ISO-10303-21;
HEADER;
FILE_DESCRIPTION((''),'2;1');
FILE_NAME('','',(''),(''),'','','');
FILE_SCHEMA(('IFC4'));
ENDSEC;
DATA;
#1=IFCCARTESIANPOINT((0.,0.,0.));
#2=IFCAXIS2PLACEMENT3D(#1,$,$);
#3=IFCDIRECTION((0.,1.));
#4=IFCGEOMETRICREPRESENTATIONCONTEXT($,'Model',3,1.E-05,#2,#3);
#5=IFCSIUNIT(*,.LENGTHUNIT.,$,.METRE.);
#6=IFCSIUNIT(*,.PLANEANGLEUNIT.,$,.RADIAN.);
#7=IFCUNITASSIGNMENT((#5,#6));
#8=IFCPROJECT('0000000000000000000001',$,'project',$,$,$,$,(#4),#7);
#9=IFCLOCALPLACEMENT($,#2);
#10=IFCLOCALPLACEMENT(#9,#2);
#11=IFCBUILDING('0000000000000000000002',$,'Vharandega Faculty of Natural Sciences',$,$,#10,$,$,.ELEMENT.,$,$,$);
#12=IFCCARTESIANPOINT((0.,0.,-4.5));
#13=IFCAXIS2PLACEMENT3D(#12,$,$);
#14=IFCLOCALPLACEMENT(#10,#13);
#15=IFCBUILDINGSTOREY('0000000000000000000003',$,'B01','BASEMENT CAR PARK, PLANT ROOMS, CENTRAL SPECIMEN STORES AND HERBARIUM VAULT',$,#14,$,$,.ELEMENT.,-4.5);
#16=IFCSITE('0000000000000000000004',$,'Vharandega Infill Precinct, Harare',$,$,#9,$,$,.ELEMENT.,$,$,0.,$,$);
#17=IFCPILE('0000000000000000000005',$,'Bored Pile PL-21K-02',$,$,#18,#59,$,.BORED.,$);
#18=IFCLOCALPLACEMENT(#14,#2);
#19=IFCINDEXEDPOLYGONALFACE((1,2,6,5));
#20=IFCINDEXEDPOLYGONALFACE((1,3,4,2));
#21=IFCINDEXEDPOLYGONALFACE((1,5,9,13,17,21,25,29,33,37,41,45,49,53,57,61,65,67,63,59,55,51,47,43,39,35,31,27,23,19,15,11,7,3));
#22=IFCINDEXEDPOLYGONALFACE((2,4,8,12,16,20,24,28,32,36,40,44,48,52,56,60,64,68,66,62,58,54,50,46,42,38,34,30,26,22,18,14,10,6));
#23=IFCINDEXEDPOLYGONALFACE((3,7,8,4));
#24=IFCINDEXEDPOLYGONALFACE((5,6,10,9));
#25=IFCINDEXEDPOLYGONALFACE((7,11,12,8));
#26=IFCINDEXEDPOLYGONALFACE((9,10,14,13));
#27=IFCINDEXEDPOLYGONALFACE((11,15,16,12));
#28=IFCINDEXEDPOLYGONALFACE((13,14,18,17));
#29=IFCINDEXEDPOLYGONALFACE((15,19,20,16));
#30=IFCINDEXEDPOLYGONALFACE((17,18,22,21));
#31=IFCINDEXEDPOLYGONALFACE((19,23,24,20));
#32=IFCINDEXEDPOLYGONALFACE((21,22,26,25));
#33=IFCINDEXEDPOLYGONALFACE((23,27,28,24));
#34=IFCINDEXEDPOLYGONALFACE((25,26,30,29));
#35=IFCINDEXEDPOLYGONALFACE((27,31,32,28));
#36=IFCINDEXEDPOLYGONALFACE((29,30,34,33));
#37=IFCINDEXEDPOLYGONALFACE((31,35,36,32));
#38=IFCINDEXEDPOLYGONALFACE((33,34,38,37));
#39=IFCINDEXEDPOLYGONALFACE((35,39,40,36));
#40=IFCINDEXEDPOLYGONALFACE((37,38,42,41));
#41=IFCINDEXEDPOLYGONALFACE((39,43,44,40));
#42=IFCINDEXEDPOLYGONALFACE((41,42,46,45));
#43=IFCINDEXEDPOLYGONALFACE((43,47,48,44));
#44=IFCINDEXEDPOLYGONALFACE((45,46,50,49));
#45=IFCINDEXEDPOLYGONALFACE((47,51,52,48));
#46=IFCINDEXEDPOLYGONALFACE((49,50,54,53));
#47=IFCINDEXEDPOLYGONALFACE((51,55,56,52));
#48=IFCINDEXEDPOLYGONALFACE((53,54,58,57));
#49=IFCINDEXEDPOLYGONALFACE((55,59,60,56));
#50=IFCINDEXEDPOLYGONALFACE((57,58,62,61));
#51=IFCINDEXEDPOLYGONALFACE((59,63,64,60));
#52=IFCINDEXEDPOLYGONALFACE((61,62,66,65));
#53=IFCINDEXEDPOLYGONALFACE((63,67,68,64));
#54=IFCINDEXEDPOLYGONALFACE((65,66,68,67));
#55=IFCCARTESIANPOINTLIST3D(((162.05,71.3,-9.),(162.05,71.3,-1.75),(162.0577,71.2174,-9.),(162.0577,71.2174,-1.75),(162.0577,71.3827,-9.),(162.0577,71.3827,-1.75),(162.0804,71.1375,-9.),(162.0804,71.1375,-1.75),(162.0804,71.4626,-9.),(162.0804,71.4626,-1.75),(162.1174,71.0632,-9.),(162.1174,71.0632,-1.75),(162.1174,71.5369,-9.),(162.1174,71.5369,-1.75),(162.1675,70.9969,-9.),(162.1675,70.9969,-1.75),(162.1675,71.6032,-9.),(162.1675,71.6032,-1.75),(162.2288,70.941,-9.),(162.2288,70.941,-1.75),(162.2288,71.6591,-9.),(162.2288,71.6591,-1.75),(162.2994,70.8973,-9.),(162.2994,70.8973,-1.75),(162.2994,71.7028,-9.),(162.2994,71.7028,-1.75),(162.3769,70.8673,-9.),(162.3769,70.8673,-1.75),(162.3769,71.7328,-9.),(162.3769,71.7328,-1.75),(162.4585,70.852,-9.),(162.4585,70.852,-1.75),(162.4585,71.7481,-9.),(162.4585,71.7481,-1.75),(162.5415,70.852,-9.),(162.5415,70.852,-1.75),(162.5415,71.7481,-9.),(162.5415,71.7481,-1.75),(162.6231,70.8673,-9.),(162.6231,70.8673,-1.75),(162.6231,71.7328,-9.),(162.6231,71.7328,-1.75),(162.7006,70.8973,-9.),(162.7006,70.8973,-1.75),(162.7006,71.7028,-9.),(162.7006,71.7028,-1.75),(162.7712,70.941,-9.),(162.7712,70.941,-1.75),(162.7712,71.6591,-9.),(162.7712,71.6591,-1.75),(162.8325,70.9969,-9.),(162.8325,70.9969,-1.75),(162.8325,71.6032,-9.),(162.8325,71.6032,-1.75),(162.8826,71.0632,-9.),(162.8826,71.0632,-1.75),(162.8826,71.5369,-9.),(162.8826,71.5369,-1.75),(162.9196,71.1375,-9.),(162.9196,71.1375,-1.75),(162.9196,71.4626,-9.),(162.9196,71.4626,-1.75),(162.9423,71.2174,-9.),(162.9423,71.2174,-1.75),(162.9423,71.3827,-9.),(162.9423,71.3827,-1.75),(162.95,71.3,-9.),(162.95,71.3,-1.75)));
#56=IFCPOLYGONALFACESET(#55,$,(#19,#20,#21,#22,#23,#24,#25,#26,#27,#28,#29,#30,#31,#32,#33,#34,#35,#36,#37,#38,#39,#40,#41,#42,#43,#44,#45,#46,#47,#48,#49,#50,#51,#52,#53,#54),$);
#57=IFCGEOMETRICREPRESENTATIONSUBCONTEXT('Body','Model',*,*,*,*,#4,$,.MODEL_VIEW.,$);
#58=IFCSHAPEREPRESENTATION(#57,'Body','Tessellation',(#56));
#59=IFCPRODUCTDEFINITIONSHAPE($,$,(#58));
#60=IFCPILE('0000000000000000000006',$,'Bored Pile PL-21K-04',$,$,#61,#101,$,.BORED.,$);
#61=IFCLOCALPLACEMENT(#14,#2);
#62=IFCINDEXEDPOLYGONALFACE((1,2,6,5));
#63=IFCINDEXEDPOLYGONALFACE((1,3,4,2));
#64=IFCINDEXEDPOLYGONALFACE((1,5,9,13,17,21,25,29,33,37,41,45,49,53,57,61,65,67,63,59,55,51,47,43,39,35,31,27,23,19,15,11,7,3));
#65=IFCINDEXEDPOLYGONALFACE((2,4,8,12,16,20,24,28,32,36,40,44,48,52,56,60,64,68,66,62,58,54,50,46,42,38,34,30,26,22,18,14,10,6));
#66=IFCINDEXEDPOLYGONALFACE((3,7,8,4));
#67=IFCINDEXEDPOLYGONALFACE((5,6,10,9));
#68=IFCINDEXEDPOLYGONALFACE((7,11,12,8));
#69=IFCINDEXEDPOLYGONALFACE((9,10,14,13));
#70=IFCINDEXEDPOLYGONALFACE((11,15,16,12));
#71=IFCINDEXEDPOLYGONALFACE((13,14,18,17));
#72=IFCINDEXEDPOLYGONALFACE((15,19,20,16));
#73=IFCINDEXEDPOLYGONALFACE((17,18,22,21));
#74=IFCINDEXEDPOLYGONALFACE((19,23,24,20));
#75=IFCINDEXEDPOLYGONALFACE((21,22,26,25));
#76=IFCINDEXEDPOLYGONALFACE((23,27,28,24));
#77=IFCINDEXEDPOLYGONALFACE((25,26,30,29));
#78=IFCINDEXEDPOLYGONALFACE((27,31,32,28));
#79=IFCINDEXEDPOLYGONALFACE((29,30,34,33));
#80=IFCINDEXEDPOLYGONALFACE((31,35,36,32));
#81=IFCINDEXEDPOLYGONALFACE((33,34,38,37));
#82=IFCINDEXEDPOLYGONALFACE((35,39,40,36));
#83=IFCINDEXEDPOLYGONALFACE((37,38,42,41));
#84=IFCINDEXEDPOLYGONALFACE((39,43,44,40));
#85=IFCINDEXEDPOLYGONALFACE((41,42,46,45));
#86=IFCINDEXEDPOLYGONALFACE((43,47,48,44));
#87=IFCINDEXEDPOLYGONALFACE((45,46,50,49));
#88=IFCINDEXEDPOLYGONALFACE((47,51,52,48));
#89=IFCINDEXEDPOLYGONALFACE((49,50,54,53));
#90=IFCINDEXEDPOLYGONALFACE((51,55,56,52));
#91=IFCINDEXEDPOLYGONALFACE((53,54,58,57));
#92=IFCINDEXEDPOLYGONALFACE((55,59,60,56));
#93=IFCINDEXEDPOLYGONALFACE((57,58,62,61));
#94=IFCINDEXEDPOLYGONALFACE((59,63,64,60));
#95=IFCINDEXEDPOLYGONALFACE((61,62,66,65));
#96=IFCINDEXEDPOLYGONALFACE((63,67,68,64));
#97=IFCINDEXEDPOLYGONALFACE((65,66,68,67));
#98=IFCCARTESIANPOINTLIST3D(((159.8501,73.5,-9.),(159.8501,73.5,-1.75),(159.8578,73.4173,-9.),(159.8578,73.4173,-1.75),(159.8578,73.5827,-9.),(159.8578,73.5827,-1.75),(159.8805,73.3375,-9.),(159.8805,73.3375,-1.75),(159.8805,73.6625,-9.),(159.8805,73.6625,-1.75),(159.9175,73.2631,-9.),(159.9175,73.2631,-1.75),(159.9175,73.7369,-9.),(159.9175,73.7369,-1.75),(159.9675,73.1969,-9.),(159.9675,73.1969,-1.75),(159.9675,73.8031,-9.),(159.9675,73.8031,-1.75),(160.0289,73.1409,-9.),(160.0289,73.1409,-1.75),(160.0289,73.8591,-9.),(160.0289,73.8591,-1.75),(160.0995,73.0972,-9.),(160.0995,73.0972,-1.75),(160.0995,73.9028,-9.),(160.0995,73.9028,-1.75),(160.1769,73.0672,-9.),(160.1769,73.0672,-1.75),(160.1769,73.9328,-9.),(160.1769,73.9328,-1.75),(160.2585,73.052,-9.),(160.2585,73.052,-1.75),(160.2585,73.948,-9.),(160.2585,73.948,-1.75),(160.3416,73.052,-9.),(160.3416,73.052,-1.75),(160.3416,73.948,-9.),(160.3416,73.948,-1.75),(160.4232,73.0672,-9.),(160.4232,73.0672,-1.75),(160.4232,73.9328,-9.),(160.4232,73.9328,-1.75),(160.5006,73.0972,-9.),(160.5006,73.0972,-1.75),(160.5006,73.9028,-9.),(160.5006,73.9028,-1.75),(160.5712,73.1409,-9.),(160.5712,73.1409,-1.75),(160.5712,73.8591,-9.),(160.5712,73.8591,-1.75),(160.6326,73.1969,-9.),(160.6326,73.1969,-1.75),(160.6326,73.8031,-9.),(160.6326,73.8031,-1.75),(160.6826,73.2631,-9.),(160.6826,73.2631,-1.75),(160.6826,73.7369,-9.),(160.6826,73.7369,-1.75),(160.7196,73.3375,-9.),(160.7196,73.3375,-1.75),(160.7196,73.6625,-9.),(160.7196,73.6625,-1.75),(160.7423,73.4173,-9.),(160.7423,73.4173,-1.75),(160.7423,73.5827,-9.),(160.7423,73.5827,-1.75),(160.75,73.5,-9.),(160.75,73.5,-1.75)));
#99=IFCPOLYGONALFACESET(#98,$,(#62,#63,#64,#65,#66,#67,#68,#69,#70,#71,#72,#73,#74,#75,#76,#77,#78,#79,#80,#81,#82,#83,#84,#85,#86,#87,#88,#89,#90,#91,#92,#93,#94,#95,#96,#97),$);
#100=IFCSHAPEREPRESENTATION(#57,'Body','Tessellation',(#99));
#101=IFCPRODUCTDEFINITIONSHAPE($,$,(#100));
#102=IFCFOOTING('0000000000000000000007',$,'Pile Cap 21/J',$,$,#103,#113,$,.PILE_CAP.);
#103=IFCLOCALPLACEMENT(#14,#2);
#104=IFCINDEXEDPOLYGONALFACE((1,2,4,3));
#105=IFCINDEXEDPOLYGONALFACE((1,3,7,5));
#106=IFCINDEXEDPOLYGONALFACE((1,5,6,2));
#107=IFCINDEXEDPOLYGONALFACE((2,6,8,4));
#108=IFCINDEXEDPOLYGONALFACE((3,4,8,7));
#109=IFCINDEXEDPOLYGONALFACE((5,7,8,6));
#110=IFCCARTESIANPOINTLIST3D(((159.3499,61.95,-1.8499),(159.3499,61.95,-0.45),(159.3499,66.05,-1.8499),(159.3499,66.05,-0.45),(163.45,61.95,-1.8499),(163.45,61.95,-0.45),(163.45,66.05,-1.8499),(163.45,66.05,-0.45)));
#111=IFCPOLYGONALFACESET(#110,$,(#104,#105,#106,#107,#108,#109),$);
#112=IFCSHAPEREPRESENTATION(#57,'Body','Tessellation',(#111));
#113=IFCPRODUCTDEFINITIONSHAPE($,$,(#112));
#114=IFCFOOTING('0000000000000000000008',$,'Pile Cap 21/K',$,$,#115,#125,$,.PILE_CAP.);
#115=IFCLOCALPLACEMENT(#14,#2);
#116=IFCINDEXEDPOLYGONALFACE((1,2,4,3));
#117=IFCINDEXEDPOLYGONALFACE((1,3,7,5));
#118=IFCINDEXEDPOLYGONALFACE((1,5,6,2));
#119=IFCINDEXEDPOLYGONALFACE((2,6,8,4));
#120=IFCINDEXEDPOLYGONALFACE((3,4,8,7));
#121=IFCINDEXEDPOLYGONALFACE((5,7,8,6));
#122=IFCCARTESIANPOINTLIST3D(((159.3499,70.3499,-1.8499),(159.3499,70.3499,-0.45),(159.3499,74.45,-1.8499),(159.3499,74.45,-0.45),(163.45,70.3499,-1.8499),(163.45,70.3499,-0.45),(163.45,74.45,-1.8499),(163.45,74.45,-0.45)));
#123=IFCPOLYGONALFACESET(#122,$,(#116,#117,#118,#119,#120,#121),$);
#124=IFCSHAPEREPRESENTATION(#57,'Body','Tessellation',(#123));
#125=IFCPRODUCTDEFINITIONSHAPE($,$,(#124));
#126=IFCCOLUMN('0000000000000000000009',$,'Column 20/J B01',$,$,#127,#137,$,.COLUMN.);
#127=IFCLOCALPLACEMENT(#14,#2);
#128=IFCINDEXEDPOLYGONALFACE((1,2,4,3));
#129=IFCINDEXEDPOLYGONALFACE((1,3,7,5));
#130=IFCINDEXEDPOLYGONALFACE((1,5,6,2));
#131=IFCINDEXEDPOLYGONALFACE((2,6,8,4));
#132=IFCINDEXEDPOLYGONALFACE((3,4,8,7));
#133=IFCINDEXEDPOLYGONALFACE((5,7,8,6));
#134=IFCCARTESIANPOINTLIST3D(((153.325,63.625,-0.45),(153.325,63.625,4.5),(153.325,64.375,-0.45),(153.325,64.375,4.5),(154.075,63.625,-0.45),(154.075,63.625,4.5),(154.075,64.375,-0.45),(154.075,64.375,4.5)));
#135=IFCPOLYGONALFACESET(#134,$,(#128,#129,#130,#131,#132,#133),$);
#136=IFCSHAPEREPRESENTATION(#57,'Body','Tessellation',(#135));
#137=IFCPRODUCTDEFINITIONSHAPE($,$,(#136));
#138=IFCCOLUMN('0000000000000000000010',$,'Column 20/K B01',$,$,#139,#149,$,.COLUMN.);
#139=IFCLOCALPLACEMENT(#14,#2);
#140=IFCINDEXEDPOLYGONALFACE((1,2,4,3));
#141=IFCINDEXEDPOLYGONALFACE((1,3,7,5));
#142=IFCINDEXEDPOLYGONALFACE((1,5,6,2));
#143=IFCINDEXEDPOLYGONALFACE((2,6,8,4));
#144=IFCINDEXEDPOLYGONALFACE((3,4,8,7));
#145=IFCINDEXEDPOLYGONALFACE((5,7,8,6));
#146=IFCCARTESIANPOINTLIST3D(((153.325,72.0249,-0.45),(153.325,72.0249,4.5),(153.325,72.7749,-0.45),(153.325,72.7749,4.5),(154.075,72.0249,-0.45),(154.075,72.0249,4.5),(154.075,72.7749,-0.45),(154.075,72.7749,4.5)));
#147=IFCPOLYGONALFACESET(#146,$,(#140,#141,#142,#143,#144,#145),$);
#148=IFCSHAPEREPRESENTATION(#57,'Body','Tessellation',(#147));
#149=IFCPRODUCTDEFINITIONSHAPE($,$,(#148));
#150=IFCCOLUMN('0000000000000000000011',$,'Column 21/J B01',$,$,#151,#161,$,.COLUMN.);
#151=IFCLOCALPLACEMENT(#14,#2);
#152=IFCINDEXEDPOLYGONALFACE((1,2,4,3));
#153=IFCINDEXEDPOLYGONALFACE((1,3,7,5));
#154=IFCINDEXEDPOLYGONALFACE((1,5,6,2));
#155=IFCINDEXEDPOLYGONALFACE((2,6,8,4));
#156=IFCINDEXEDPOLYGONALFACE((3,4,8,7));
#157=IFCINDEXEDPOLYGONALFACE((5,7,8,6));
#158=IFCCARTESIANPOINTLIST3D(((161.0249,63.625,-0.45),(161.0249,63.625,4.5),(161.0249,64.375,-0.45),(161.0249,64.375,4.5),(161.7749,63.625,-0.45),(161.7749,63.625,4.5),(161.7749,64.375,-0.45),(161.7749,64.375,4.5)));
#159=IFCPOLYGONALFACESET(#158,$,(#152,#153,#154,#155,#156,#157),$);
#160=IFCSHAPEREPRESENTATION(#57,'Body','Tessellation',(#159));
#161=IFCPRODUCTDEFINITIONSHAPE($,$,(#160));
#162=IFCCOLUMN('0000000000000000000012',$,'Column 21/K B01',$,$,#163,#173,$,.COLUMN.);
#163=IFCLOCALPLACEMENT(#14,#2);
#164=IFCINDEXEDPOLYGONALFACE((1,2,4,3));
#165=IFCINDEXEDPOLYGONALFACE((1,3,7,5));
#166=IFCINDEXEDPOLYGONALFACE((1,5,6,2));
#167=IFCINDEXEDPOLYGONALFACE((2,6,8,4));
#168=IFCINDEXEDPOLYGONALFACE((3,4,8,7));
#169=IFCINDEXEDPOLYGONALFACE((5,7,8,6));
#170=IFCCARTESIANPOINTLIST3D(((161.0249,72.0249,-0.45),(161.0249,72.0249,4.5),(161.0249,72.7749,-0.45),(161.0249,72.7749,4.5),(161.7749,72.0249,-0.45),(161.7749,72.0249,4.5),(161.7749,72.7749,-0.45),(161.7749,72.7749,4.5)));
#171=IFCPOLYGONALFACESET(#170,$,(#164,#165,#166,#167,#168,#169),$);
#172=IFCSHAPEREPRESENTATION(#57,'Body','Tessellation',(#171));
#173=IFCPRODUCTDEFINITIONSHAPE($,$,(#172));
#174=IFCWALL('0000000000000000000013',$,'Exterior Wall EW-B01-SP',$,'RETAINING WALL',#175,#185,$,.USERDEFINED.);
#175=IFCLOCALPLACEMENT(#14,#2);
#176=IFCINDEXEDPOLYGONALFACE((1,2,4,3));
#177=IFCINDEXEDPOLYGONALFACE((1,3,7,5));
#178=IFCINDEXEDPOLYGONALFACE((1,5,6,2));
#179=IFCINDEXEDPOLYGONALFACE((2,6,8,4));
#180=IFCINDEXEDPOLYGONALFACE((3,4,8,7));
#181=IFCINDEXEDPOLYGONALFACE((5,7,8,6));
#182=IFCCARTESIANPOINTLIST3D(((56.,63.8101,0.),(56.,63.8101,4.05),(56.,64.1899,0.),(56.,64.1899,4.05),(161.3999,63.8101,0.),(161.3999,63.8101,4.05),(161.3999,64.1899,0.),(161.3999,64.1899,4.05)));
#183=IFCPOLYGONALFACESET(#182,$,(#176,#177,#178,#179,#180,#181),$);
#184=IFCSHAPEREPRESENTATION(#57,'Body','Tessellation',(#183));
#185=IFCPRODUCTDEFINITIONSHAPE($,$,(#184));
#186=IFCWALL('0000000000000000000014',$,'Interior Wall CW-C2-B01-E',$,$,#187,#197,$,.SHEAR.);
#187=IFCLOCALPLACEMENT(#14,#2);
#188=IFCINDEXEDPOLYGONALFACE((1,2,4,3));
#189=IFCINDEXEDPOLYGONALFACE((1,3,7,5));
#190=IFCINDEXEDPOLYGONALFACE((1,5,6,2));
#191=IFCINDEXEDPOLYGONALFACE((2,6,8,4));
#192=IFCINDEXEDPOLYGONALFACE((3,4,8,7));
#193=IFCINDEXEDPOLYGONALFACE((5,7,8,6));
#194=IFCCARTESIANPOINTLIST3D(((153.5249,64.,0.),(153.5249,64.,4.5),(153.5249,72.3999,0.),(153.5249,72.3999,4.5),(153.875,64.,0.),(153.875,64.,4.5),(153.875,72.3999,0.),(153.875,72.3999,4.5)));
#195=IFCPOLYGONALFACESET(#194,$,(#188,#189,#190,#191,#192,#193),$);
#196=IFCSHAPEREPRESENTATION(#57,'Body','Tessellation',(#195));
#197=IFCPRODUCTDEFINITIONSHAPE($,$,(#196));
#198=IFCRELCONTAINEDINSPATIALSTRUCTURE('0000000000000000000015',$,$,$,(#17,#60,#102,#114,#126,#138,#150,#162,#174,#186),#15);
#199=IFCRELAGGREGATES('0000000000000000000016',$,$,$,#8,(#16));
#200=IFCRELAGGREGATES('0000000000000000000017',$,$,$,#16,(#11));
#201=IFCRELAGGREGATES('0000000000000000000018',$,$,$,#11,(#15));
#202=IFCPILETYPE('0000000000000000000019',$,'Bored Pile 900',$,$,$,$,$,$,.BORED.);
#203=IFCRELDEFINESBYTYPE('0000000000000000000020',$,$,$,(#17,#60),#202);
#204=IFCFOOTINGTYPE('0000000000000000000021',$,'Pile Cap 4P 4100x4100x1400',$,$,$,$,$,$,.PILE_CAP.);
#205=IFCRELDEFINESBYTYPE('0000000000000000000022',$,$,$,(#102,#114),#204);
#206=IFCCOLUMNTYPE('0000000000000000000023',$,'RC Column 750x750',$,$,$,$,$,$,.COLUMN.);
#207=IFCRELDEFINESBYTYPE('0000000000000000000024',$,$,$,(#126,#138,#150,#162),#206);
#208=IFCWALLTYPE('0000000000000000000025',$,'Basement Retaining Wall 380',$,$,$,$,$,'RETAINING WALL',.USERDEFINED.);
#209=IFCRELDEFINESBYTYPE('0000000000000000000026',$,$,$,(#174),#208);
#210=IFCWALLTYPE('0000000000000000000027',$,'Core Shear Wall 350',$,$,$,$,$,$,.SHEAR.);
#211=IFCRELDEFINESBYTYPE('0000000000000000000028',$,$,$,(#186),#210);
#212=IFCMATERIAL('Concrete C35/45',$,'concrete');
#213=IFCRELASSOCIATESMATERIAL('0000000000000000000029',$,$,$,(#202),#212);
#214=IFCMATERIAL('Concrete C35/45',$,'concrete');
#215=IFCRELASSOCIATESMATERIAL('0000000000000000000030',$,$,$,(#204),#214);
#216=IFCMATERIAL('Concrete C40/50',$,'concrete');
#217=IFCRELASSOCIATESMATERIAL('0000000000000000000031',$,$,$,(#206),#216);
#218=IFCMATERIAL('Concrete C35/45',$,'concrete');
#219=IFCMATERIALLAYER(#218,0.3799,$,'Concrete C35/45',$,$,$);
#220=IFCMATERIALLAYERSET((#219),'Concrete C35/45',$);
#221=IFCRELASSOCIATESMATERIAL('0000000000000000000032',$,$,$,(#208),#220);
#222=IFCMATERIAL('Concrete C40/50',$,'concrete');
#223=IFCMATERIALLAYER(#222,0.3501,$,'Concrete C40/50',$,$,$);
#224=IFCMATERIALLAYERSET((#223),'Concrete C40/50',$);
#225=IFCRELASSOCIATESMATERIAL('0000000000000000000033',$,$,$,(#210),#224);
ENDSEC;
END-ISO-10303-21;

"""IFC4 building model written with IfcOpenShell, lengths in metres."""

from ifc_helpers import new_model, si_unit, direction, frame, frame_2d, origin, origin_2d, place, context, subcontext, project, spatial, rectangle, circle, extrude, material, layer, layer_set, material_profile, profile_set, type_object, element, save


model = new_model("IFC4")

# Units and contexts
model_context = context("Model", 3, precision=1e-05, world=origin(), true_north=direction((0.0, 1.0)))
body_context = subcontext(model_context, "Body", "Model", "MODEL_VIEW")
ifc_project = project(units=[si_unit("LENGTHUNIT", "METRE"), si_unit("PLANEANGLEUNIT", "RADIAN")], contexts=[model_context])

# Site, building, storey
site_placement = place(None, origin())
site = spatial("IfcSite", under=ifc_project, at=site_placement, Name="Vharandega Infill Precinct, Harare", CompositionType="ELEMENT", RefElevation=0.0)
building_placement = place(site_placement, origin())
building = spatial("IfcBuilding", under=site, at=building_placement, Name="Vharandega Faculty of Natural Sciences", CompositionType="ELEMENT")
storey_placement = place(building_placement, frame((0.0, 0.0, -4.5)))
storey = spatial("IfcBuildingStorey", under=building, at=storey_placement, Name="B01", Description="BASEMENT CAR PARK, PLANT ROOMS, CENTRAL SPECIMEN STORES AND HERBARIUM VAULT", CompositionType="ELEMENT", Elevation=-4.5)

# Piles
ifc_material_1 = material(Name="Concrete C35/45", Category="concrete")
ifc_material_profile_1 = material_profile(ifc_material_1, circle(Radius=0.45, at=origin_2d()), Name="PILE 900")
ifc_profile_set_1 = profile_set([ifc_material_profile_1], Name="Concrete C35/45")
pile_type = type_object("IfcPileType", Name="Bored Pile 900", PredefinedType="BORED", material=ifc_profile_set_1)
for number, where, z_axis, x_axis, name in (
    (1, (162.5, 71.3, -1.75), (0.0, 0.0, -1.0), (1.0, 0.0, 0.0), "Bored Pile PL-21K-02"),
    (2, (160.3, 73.5, -1.75), (0.0, 0.0, -1.0), (1.0, 0.0, 0.0), "Bored Pile PL-21K-04"),
):
    element("IfcPile", number, at=place(storey_placement, frame(where, z_axis=z_axis, x_axis=x_axis)), inside=storey, type_object=pile_type, Name=name, PredefinedType="BORED", context=body_context, shape_type="SweptSolid", body=[
        extrude(circle(Radius=0.45, at=origin_2d()), origin(), (0.0, 0.0, 1.0), 7.25),
    ])

# Footings
ifc_material_2 = material(Name="Concrete C35/45", Category="concrete")
footing_type = type_object("IfcFootingType", Name="Pile Cap 4P 4100x4100x1400", PredefinedType="PILE_CAP", material=ifc_material_2)
for number, where, z_axis, x_axis, name in (
    (3, (161.3999, 64.0, -1.8499), (0.0, 0.0, 1.0), (1.0, 0.0, 0.0), "Pile Cap 21/J"),
    (4, (161.3999, 72.3999, -1.8499), (0.0, 0.0, 1.0), (1.0, 0.0, 0.0), "Pile Cap 21/K"),
):
    element("IfcFooting", number, at=place(storey_placement, frame(where, z_axis=z_axis, x_axis=x_axis)), inside=storey, type_object=footing_type, Name=name, PredefinedType="PILE_CAP", context=body_context, shape_type="SweptSolid", body=[
        extrude(rectangle(XDim=4.1001, YDim=4.1001, at=origin_2d()), origin(), (0.0, 0.0, 1.0), 1.3999),
    ])

# Columns
ifc_material_3 = material(Name="Concrete C40/50", Category="concrete")
ifc_material_profile_2 = material_profile(ifc_material_3, rectangle(XDim=0.75, YDim=0.75, at=origin_2d()), Name="RC 750x750")
ifc_profile_set_2 = profile_set([ifc_material_profile_2], Name="Concrete C40/50")
column_type = type_object("IfcColumnType", Name="RC Column 750x750", PredefinedType="COLUMN", material=ifc_profile_set_2)
for number, where, z_axis, x_axis, name in (
    (5, (153.7, 64.0, -0.45), (0.0, 0.0, 1.0), (1.0, 0.0, 0.0), "Column 20/J B01"),
    (6, (153.7, 72.3999, -0.45), (0.0, 0.0, 1.0), (1.0, 0.0, 0.0), "Column 20/K B01"),
    (7, (161.3999, 64.0, -0.45), (0.0, 0.0, 1.0), (1.0, 0.0, 0.0), "Column 21/J B01"),
    (8, (161.3999, 72.3999, -0.45), (0.0, 0.0, 1.0), (1.0, 0.0, 0.0), "Column 21/K B01"),
):
    element("IfcColumn", number, at=place(storey_placement, frame(where, z_axis=z_axis, x_axis=x_axis)), inside=storey, type_object=column_type, Name=name, PredefinedType="COLUMN", context=body_context, shape_type="SweptSolid", body=[
        extrude(rectangle(XDim=0.75, YDim=0.75, at=origin_2d()), origin(), (0.0, 0.0, 1.0), 4.95),
    ])

# Walls
ifc_material_4 = material(Name="Concrete C35/45", Category="concrete")
ifc_layer_1 = layer(ifc_material_4, 0.3799, Name="Concrete C35/45")
ifc_layer_set_1 = layer_set([ifc_layer_1], Name="Concrete C35/45")
wall_type_1 = type_object("IfcWallType", Name="Basement Retaining Wall 380", ElementType="RETAINING WALL", PredefinedType="USERDEFINED", material=ifc_layer_set_1)
wall_1_placement = place(storey_placement, frame((161.3999, 64.0, 0.0), z_axis=(0.0, 0.0, 1.0), x_axis=(-1.0, 0.0, 0.0)))
element("IfcWall", 9, at=wall_1_placement, inside=storey, type_object=wall_type_1, Name="Exterior Wall EW-B01-SP", ObjectType="RETAINING WALL", PredefinedType="USERDEFINED", context=body_context, shape_type="SweptSolid", body=[
    extrude(rectangle(XDim=105.3999, YDim=0.3799, at=frame_2d((52.7, 0.0))), origin(), (0.0, 0.0, 1.0), 4.05),
])
ifc_material_5 = material(Name="Concrete C40/50", Category="concrete")
ifc_layer_2 = layer(ifc_material_5, 0.3501, Name="Concrete C40/50")
ifc_layer_set_2 = layer_set([ifc_layer_2], Name="Concrete C40/50")
wall_type_2 = type_object("IfcWallType", Name="Core Shear Wall 350", PredefinedType="SHEAR", material=ifc_layer_set_2)
wall_2_placement = place(storey_placement, frame((153.7, 64.0, 0.0), z_axis=(0.0, 0.0, 1.0), x_axis=(0.0, 1.0, 0.0)))
element("IfcWall", 10, at=wall_2_placement, inside=storey, type_object=wall_type_2, Name="Interior Wall CW-C2-B01-E", PredefinedType="SHEAR", context=body_context, shape_type="SweptSolid", body=[
    extrude(rectangle(XDim=8.3999, YDim=0.3501, at=frame_2d((4.2, 0.0))), origin(), (0.0, 0.0, 1.0), 4.5),
])

save(model, "model.ifc")
